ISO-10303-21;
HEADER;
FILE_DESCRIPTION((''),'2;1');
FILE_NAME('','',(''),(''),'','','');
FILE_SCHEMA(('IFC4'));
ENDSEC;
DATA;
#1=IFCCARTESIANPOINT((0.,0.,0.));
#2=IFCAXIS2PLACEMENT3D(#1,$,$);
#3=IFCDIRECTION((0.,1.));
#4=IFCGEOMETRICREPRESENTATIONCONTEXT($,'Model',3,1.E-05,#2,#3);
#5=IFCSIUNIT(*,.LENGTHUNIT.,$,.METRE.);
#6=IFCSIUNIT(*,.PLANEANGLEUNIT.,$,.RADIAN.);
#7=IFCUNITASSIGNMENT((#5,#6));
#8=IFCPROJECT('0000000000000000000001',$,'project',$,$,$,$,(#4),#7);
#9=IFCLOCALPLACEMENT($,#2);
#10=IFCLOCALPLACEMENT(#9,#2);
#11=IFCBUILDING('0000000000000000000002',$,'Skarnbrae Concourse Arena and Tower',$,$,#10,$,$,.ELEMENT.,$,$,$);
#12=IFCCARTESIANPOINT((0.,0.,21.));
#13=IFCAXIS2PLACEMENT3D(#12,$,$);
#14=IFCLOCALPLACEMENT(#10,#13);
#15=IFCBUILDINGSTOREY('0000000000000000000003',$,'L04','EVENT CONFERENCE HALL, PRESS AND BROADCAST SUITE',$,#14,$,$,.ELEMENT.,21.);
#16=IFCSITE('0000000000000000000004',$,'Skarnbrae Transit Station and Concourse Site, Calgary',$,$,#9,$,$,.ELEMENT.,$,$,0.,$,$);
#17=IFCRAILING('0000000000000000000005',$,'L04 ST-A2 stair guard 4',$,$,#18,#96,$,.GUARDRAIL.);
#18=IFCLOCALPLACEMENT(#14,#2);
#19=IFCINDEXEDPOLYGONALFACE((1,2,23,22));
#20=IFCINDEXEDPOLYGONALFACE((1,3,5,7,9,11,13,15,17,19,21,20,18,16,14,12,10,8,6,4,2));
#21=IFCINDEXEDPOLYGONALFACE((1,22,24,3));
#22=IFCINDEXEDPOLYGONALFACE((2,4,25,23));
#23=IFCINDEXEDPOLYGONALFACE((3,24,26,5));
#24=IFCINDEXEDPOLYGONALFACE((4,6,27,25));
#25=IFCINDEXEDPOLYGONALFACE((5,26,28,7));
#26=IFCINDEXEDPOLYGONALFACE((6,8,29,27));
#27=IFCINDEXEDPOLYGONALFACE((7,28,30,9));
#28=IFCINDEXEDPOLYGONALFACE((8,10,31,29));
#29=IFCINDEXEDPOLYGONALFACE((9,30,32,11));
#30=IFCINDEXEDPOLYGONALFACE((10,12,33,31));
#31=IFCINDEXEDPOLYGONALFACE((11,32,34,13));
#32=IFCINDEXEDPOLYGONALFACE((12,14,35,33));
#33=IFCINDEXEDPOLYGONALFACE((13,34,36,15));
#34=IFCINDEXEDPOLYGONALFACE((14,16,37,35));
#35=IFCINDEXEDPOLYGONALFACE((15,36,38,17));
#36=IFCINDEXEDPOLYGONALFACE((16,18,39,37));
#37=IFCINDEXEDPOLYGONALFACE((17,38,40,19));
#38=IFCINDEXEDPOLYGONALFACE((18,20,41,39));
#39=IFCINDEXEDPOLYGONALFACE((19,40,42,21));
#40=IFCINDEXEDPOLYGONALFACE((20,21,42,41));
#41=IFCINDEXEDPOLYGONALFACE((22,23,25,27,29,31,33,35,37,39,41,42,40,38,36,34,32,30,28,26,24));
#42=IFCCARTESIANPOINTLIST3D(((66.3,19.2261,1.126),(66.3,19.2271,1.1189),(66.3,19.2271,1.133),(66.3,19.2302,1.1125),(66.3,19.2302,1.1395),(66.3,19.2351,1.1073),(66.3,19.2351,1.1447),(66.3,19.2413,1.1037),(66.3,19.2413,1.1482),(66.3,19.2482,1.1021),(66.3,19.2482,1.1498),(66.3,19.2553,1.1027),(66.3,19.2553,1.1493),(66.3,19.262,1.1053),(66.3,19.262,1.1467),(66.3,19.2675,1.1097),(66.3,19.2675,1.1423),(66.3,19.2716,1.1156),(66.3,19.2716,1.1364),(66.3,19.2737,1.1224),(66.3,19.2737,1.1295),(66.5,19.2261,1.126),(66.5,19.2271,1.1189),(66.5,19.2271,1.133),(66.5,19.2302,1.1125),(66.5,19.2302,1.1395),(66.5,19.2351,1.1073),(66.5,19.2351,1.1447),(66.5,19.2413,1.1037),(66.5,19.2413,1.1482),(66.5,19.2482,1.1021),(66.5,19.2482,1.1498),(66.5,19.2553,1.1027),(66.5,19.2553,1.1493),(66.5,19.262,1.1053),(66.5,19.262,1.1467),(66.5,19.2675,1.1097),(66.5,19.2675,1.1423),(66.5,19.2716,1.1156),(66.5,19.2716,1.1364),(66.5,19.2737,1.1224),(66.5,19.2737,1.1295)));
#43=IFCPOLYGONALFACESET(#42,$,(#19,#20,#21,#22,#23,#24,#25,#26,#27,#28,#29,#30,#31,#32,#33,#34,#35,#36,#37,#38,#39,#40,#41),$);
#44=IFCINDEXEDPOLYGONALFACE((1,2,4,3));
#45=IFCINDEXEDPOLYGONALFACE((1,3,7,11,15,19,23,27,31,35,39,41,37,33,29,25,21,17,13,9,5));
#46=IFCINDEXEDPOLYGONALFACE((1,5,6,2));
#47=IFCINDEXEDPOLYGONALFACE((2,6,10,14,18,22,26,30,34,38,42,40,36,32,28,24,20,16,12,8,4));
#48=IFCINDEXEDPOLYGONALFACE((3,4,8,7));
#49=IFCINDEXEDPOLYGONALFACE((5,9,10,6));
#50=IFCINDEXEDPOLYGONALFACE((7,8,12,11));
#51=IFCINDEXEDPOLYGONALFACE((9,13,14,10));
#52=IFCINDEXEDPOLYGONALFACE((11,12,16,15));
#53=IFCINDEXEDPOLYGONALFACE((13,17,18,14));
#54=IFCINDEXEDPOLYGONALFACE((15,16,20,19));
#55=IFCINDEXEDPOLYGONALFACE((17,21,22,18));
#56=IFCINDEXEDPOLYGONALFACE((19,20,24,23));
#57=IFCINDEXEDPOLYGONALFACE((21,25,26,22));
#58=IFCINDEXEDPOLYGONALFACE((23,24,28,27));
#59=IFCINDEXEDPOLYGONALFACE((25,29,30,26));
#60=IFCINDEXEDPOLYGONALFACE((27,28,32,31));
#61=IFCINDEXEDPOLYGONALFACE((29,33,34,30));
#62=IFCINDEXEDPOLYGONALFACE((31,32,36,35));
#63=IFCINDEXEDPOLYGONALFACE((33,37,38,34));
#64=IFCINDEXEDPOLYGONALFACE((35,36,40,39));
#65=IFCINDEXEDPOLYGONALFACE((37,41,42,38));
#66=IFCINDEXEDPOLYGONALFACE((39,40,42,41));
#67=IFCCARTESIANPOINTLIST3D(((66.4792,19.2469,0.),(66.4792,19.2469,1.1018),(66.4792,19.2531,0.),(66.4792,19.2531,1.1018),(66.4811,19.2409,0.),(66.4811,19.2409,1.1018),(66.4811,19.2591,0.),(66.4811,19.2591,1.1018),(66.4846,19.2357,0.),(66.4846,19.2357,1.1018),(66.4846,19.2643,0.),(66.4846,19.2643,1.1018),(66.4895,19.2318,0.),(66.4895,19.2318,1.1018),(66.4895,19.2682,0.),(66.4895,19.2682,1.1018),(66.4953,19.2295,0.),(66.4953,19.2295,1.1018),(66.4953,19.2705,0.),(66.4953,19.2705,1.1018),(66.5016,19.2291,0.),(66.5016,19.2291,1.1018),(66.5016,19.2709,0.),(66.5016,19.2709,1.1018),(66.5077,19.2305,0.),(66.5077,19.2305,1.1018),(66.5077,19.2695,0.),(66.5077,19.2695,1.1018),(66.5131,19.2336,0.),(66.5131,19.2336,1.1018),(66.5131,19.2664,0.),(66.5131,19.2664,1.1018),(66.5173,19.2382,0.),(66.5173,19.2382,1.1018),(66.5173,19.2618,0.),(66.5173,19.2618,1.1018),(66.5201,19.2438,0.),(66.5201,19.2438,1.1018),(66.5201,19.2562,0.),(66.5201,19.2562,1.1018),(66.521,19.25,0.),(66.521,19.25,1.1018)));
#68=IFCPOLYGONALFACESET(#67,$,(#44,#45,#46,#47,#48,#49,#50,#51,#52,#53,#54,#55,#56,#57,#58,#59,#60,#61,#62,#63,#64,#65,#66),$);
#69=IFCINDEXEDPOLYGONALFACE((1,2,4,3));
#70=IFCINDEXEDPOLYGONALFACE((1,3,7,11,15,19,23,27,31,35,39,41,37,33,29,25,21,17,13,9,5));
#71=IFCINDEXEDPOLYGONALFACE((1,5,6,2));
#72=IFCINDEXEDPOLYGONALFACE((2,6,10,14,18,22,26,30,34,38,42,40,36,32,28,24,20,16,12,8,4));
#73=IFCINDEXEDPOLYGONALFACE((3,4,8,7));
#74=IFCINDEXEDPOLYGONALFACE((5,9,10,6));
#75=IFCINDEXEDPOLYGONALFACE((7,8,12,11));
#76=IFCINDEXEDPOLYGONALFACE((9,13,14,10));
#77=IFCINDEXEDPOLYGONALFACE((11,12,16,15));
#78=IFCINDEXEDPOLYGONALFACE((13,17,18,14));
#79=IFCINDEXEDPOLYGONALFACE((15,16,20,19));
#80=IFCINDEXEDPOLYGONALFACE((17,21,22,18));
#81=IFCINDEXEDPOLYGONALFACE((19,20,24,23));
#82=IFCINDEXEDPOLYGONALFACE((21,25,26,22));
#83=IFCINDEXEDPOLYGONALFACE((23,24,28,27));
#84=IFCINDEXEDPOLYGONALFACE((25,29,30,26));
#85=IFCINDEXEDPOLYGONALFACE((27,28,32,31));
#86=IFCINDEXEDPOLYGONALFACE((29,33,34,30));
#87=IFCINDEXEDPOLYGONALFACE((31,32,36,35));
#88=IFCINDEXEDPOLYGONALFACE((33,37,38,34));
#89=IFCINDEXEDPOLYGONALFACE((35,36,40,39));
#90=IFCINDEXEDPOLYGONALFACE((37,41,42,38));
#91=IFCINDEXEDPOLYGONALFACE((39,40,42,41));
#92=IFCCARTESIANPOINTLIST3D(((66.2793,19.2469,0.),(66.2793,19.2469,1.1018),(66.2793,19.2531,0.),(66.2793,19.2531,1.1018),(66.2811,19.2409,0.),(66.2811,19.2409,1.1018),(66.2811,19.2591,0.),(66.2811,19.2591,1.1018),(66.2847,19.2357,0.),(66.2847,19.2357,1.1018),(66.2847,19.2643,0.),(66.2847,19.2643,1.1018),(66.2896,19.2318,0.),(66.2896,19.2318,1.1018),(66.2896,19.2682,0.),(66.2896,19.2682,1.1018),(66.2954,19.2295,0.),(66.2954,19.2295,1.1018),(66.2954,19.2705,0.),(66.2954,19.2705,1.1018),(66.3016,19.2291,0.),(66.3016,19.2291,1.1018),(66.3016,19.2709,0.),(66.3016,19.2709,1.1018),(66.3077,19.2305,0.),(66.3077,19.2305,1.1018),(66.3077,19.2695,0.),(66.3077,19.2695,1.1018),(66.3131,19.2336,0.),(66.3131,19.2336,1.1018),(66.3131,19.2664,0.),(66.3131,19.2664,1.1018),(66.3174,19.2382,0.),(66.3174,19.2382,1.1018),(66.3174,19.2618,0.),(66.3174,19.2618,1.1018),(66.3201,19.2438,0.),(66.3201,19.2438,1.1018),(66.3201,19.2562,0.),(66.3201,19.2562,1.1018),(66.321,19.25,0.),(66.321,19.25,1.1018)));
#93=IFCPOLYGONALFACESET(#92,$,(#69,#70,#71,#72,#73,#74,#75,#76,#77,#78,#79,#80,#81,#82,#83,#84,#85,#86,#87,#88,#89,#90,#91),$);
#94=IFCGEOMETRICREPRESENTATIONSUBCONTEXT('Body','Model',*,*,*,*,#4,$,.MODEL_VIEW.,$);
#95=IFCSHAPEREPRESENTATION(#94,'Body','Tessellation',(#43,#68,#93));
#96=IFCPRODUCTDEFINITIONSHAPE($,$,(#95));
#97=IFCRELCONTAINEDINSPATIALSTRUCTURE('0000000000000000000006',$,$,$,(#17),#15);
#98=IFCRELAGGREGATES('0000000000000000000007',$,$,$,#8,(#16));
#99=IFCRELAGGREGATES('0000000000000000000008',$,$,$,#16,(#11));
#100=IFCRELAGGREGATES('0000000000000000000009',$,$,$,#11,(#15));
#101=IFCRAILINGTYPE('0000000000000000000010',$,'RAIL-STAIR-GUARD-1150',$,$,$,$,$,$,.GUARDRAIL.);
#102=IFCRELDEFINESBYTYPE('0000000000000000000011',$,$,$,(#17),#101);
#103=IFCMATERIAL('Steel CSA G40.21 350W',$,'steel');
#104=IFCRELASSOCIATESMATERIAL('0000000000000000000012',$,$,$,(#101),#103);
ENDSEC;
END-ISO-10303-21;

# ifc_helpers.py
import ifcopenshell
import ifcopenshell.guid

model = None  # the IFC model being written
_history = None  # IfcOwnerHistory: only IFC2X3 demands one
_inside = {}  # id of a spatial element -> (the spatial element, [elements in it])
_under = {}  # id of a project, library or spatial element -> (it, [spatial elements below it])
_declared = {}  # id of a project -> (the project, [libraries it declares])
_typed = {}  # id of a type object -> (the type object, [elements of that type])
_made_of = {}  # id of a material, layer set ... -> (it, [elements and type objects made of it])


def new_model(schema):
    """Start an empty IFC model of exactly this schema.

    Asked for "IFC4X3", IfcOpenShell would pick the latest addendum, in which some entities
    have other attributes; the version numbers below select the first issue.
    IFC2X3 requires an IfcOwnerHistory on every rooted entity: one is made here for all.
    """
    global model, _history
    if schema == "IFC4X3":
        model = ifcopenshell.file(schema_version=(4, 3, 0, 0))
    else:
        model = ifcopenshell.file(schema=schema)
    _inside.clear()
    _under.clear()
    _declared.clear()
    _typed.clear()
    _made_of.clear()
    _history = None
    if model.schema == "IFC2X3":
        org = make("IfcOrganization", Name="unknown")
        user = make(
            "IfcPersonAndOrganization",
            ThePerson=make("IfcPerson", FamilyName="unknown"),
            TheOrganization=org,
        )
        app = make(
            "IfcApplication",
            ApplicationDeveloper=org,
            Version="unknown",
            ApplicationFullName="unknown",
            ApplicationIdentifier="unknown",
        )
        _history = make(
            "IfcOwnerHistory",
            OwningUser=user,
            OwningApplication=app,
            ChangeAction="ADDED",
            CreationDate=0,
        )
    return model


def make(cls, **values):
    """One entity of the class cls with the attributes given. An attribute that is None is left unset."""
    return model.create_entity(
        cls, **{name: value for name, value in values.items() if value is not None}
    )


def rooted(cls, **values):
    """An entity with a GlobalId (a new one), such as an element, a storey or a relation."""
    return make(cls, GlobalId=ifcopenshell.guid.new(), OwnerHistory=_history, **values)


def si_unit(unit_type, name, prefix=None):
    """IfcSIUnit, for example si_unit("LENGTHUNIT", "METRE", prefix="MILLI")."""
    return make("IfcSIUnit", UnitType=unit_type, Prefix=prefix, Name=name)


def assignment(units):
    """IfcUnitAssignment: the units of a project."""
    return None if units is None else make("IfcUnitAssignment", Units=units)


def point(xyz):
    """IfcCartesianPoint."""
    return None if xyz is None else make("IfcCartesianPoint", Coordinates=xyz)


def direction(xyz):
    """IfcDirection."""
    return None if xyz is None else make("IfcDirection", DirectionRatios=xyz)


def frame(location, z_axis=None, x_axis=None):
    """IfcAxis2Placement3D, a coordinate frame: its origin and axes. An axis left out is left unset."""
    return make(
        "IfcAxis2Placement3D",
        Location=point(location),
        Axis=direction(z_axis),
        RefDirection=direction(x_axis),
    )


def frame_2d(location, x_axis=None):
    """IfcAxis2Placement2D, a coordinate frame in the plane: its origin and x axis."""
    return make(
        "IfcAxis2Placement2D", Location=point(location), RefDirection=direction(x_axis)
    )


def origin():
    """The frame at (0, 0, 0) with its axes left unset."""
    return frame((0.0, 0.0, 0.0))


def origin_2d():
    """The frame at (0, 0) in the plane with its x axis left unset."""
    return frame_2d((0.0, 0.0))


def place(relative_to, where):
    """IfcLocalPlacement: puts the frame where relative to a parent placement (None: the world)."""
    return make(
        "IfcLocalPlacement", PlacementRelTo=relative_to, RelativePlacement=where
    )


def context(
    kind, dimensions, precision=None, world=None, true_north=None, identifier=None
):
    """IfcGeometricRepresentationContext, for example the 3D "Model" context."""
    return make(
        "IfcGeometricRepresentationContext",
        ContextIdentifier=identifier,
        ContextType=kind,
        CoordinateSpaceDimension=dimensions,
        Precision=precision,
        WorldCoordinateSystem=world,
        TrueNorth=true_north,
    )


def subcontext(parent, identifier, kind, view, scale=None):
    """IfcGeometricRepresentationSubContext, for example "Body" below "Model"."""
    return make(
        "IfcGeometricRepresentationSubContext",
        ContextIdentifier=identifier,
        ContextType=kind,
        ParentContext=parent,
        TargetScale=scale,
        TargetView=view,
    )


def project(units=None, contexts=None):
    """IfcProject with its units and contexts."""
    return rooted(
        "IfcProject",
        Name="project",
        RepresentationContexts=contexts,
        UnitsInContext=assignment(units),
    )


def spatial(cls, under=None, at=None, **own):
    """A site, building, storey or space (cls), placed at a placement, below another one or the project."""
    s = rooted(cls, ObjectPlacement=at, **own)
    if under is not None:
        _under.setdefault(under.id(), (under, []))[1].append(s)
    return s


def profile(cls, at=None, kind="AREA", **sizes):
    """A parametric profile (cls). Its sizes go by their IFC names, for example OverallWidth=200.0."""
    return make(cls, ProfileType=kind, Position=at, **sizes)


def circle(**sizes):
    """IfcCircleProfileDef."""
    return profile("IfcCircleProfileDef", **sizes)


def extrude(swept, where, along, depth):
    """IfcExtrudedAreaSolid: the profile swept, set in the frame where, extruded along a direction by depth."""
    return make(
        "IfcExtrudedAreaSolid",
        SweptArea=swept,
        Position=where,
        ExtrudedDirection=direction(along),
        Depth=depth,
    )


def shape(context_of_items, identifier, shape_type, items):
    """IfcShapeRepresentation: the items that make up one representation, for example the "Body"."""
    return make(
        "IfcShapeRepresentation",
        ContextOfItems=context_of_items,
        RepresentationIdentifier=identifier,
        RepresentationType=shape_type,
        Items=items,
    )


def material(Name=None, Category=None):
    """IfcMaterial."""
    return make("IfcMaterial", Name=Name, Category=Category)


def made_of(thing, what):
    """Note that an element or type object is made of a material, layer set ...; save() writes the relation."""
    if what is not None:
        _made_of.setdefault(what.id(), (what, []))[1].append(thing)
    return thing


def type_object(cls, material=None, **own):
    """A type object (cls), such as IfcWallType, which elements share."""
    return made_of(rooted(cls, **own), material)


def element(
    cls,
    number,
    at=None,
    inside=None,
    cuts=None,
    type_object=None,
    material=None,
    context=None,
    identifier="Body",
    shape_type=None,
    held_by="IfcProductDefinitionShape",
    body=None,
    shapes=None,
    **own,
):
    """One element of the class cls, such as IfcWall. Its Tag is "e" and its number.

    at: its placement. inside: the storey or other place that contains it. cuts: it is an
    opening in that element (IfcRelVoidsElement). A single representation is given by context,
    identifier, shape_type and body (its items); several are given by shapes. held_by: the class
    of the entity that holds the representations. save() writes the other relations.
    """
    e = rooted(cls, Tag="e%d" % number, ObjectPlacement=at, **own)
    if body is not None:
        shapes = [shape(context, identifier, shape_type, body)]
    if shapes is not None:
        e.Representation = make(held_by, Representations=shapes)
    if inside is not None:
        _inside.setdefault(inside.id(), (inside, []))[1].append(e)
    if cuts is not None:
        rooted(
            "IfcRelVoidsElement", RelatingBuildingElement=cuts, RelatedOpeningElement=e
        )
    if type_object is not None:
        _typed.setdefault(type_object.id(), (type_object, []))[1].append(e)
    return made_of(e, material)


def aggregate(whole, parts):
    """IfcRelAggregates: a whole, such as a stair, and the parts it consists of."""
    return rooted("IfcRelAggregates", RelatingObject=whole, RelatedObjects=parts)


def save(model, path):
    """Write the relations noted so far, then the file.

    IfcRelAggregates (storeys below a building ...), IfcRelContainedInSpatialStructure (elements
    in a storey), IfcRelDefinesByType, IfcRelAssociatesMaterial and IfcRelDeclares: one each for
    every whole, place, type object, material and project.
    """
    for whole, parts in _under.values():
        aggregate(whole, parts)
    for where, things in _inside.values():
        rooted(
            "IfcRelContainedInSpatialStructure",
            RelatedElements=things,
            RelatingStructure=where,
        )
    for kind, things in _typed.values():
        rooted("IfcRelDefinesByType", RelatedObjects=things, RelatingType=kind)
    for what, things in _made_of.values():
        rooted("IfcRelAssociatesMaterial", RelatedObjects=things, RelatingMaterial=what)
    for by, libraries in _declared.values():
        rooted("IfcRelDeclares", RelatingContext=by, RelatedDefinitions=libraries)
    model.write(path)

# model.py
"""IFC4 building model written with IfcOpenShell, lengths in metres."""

from ifc_helpers import new_model, si_unit, direction, frame, origin, origin_2d, place, context, subcontext, project, spatial, circle, extrude, material, type_object, element, save


model = new_model("IFC4")

# Units and contexts
model_context = context("Model", 3, precision=1e-05, world=origin(), true_north=direction((0.0, 1.0)))
body_context = subcontext(model_context, "Body", "Model", "MODEL_VIEW")
ifc_project = project(units=[si_unit("LENGTHUNIT", "METRE"), si_unit("PLANEANGLEUNIT", "RADIAN")], contexts=[model_context])

# Site, building, storey
site_placement = place(None, origin())
site = spatial("IfcSite", under=ifc_project, at=site_placement, Name="Skarnbrae Transit Station and Concourse Site, Calgary", CompositionType="ELEMENT", RefElevation=0.0)
building_placement = place(site_placement, origin())
building = spatial("IfcBuilding", under=site, at=building_placement, Name="Skarnbrae Concourse Arena and Tower", CompositionType="ELEMENT")
storey_placement = place(building_placement, frame((0.0, 0.0, 21.0)))
storey = spatial("IfcBuildingStorey", under=building, at=storey_placement, Name="L04", Description="EVENT CONFERENCE HALL, PRESS AND BROADCAST SUITE", CompositionType="ELEMENT", Elevation=21.0)

# Shared definitions
ifc_material_1 = material(Name="Steel CSA G40.21 350W", Category="steel")

# Railing
railing_type_1 = type_object("IfcRailingType", Name="RAIL-STAIR-GUARD-1150", PredefinedType="GUARDRAIL", material=ifc_material_1)
railing_1_placement = place(storey_placement, frame((66.5, 19.25, 0.0)))
element("IfcRailing", 1, at=railing_1_placement, inside=storey, type_object=railing_type_1, Name="L04 ST-A2 stair guard 4", PredefinedType="GUARDRAIL", context=body_context, shape_type="SweptSolid", body=[
    extrude(circle(Radius=0.0239, at=origin_2d()), frame((0.0, 0.0, 1.126), z_axis=(-1.0, 0.0, 0.0), x_axis=(0.0, -1.0, 0.0)), (0.0, 0.0, 1.0), 0.2),
    extrude(circle(Radius=0.021, at=origin_2d()), origin(), (0.0, 0.0, 1.0), 1.1018),
    extrude(circle(Radius=0.021, at=origin_2d()), frame((-0.2, 0.0, 0.0)), (0.0, 0.0, 1.0), 1.1018),
])

save(model, "model.ifc")
